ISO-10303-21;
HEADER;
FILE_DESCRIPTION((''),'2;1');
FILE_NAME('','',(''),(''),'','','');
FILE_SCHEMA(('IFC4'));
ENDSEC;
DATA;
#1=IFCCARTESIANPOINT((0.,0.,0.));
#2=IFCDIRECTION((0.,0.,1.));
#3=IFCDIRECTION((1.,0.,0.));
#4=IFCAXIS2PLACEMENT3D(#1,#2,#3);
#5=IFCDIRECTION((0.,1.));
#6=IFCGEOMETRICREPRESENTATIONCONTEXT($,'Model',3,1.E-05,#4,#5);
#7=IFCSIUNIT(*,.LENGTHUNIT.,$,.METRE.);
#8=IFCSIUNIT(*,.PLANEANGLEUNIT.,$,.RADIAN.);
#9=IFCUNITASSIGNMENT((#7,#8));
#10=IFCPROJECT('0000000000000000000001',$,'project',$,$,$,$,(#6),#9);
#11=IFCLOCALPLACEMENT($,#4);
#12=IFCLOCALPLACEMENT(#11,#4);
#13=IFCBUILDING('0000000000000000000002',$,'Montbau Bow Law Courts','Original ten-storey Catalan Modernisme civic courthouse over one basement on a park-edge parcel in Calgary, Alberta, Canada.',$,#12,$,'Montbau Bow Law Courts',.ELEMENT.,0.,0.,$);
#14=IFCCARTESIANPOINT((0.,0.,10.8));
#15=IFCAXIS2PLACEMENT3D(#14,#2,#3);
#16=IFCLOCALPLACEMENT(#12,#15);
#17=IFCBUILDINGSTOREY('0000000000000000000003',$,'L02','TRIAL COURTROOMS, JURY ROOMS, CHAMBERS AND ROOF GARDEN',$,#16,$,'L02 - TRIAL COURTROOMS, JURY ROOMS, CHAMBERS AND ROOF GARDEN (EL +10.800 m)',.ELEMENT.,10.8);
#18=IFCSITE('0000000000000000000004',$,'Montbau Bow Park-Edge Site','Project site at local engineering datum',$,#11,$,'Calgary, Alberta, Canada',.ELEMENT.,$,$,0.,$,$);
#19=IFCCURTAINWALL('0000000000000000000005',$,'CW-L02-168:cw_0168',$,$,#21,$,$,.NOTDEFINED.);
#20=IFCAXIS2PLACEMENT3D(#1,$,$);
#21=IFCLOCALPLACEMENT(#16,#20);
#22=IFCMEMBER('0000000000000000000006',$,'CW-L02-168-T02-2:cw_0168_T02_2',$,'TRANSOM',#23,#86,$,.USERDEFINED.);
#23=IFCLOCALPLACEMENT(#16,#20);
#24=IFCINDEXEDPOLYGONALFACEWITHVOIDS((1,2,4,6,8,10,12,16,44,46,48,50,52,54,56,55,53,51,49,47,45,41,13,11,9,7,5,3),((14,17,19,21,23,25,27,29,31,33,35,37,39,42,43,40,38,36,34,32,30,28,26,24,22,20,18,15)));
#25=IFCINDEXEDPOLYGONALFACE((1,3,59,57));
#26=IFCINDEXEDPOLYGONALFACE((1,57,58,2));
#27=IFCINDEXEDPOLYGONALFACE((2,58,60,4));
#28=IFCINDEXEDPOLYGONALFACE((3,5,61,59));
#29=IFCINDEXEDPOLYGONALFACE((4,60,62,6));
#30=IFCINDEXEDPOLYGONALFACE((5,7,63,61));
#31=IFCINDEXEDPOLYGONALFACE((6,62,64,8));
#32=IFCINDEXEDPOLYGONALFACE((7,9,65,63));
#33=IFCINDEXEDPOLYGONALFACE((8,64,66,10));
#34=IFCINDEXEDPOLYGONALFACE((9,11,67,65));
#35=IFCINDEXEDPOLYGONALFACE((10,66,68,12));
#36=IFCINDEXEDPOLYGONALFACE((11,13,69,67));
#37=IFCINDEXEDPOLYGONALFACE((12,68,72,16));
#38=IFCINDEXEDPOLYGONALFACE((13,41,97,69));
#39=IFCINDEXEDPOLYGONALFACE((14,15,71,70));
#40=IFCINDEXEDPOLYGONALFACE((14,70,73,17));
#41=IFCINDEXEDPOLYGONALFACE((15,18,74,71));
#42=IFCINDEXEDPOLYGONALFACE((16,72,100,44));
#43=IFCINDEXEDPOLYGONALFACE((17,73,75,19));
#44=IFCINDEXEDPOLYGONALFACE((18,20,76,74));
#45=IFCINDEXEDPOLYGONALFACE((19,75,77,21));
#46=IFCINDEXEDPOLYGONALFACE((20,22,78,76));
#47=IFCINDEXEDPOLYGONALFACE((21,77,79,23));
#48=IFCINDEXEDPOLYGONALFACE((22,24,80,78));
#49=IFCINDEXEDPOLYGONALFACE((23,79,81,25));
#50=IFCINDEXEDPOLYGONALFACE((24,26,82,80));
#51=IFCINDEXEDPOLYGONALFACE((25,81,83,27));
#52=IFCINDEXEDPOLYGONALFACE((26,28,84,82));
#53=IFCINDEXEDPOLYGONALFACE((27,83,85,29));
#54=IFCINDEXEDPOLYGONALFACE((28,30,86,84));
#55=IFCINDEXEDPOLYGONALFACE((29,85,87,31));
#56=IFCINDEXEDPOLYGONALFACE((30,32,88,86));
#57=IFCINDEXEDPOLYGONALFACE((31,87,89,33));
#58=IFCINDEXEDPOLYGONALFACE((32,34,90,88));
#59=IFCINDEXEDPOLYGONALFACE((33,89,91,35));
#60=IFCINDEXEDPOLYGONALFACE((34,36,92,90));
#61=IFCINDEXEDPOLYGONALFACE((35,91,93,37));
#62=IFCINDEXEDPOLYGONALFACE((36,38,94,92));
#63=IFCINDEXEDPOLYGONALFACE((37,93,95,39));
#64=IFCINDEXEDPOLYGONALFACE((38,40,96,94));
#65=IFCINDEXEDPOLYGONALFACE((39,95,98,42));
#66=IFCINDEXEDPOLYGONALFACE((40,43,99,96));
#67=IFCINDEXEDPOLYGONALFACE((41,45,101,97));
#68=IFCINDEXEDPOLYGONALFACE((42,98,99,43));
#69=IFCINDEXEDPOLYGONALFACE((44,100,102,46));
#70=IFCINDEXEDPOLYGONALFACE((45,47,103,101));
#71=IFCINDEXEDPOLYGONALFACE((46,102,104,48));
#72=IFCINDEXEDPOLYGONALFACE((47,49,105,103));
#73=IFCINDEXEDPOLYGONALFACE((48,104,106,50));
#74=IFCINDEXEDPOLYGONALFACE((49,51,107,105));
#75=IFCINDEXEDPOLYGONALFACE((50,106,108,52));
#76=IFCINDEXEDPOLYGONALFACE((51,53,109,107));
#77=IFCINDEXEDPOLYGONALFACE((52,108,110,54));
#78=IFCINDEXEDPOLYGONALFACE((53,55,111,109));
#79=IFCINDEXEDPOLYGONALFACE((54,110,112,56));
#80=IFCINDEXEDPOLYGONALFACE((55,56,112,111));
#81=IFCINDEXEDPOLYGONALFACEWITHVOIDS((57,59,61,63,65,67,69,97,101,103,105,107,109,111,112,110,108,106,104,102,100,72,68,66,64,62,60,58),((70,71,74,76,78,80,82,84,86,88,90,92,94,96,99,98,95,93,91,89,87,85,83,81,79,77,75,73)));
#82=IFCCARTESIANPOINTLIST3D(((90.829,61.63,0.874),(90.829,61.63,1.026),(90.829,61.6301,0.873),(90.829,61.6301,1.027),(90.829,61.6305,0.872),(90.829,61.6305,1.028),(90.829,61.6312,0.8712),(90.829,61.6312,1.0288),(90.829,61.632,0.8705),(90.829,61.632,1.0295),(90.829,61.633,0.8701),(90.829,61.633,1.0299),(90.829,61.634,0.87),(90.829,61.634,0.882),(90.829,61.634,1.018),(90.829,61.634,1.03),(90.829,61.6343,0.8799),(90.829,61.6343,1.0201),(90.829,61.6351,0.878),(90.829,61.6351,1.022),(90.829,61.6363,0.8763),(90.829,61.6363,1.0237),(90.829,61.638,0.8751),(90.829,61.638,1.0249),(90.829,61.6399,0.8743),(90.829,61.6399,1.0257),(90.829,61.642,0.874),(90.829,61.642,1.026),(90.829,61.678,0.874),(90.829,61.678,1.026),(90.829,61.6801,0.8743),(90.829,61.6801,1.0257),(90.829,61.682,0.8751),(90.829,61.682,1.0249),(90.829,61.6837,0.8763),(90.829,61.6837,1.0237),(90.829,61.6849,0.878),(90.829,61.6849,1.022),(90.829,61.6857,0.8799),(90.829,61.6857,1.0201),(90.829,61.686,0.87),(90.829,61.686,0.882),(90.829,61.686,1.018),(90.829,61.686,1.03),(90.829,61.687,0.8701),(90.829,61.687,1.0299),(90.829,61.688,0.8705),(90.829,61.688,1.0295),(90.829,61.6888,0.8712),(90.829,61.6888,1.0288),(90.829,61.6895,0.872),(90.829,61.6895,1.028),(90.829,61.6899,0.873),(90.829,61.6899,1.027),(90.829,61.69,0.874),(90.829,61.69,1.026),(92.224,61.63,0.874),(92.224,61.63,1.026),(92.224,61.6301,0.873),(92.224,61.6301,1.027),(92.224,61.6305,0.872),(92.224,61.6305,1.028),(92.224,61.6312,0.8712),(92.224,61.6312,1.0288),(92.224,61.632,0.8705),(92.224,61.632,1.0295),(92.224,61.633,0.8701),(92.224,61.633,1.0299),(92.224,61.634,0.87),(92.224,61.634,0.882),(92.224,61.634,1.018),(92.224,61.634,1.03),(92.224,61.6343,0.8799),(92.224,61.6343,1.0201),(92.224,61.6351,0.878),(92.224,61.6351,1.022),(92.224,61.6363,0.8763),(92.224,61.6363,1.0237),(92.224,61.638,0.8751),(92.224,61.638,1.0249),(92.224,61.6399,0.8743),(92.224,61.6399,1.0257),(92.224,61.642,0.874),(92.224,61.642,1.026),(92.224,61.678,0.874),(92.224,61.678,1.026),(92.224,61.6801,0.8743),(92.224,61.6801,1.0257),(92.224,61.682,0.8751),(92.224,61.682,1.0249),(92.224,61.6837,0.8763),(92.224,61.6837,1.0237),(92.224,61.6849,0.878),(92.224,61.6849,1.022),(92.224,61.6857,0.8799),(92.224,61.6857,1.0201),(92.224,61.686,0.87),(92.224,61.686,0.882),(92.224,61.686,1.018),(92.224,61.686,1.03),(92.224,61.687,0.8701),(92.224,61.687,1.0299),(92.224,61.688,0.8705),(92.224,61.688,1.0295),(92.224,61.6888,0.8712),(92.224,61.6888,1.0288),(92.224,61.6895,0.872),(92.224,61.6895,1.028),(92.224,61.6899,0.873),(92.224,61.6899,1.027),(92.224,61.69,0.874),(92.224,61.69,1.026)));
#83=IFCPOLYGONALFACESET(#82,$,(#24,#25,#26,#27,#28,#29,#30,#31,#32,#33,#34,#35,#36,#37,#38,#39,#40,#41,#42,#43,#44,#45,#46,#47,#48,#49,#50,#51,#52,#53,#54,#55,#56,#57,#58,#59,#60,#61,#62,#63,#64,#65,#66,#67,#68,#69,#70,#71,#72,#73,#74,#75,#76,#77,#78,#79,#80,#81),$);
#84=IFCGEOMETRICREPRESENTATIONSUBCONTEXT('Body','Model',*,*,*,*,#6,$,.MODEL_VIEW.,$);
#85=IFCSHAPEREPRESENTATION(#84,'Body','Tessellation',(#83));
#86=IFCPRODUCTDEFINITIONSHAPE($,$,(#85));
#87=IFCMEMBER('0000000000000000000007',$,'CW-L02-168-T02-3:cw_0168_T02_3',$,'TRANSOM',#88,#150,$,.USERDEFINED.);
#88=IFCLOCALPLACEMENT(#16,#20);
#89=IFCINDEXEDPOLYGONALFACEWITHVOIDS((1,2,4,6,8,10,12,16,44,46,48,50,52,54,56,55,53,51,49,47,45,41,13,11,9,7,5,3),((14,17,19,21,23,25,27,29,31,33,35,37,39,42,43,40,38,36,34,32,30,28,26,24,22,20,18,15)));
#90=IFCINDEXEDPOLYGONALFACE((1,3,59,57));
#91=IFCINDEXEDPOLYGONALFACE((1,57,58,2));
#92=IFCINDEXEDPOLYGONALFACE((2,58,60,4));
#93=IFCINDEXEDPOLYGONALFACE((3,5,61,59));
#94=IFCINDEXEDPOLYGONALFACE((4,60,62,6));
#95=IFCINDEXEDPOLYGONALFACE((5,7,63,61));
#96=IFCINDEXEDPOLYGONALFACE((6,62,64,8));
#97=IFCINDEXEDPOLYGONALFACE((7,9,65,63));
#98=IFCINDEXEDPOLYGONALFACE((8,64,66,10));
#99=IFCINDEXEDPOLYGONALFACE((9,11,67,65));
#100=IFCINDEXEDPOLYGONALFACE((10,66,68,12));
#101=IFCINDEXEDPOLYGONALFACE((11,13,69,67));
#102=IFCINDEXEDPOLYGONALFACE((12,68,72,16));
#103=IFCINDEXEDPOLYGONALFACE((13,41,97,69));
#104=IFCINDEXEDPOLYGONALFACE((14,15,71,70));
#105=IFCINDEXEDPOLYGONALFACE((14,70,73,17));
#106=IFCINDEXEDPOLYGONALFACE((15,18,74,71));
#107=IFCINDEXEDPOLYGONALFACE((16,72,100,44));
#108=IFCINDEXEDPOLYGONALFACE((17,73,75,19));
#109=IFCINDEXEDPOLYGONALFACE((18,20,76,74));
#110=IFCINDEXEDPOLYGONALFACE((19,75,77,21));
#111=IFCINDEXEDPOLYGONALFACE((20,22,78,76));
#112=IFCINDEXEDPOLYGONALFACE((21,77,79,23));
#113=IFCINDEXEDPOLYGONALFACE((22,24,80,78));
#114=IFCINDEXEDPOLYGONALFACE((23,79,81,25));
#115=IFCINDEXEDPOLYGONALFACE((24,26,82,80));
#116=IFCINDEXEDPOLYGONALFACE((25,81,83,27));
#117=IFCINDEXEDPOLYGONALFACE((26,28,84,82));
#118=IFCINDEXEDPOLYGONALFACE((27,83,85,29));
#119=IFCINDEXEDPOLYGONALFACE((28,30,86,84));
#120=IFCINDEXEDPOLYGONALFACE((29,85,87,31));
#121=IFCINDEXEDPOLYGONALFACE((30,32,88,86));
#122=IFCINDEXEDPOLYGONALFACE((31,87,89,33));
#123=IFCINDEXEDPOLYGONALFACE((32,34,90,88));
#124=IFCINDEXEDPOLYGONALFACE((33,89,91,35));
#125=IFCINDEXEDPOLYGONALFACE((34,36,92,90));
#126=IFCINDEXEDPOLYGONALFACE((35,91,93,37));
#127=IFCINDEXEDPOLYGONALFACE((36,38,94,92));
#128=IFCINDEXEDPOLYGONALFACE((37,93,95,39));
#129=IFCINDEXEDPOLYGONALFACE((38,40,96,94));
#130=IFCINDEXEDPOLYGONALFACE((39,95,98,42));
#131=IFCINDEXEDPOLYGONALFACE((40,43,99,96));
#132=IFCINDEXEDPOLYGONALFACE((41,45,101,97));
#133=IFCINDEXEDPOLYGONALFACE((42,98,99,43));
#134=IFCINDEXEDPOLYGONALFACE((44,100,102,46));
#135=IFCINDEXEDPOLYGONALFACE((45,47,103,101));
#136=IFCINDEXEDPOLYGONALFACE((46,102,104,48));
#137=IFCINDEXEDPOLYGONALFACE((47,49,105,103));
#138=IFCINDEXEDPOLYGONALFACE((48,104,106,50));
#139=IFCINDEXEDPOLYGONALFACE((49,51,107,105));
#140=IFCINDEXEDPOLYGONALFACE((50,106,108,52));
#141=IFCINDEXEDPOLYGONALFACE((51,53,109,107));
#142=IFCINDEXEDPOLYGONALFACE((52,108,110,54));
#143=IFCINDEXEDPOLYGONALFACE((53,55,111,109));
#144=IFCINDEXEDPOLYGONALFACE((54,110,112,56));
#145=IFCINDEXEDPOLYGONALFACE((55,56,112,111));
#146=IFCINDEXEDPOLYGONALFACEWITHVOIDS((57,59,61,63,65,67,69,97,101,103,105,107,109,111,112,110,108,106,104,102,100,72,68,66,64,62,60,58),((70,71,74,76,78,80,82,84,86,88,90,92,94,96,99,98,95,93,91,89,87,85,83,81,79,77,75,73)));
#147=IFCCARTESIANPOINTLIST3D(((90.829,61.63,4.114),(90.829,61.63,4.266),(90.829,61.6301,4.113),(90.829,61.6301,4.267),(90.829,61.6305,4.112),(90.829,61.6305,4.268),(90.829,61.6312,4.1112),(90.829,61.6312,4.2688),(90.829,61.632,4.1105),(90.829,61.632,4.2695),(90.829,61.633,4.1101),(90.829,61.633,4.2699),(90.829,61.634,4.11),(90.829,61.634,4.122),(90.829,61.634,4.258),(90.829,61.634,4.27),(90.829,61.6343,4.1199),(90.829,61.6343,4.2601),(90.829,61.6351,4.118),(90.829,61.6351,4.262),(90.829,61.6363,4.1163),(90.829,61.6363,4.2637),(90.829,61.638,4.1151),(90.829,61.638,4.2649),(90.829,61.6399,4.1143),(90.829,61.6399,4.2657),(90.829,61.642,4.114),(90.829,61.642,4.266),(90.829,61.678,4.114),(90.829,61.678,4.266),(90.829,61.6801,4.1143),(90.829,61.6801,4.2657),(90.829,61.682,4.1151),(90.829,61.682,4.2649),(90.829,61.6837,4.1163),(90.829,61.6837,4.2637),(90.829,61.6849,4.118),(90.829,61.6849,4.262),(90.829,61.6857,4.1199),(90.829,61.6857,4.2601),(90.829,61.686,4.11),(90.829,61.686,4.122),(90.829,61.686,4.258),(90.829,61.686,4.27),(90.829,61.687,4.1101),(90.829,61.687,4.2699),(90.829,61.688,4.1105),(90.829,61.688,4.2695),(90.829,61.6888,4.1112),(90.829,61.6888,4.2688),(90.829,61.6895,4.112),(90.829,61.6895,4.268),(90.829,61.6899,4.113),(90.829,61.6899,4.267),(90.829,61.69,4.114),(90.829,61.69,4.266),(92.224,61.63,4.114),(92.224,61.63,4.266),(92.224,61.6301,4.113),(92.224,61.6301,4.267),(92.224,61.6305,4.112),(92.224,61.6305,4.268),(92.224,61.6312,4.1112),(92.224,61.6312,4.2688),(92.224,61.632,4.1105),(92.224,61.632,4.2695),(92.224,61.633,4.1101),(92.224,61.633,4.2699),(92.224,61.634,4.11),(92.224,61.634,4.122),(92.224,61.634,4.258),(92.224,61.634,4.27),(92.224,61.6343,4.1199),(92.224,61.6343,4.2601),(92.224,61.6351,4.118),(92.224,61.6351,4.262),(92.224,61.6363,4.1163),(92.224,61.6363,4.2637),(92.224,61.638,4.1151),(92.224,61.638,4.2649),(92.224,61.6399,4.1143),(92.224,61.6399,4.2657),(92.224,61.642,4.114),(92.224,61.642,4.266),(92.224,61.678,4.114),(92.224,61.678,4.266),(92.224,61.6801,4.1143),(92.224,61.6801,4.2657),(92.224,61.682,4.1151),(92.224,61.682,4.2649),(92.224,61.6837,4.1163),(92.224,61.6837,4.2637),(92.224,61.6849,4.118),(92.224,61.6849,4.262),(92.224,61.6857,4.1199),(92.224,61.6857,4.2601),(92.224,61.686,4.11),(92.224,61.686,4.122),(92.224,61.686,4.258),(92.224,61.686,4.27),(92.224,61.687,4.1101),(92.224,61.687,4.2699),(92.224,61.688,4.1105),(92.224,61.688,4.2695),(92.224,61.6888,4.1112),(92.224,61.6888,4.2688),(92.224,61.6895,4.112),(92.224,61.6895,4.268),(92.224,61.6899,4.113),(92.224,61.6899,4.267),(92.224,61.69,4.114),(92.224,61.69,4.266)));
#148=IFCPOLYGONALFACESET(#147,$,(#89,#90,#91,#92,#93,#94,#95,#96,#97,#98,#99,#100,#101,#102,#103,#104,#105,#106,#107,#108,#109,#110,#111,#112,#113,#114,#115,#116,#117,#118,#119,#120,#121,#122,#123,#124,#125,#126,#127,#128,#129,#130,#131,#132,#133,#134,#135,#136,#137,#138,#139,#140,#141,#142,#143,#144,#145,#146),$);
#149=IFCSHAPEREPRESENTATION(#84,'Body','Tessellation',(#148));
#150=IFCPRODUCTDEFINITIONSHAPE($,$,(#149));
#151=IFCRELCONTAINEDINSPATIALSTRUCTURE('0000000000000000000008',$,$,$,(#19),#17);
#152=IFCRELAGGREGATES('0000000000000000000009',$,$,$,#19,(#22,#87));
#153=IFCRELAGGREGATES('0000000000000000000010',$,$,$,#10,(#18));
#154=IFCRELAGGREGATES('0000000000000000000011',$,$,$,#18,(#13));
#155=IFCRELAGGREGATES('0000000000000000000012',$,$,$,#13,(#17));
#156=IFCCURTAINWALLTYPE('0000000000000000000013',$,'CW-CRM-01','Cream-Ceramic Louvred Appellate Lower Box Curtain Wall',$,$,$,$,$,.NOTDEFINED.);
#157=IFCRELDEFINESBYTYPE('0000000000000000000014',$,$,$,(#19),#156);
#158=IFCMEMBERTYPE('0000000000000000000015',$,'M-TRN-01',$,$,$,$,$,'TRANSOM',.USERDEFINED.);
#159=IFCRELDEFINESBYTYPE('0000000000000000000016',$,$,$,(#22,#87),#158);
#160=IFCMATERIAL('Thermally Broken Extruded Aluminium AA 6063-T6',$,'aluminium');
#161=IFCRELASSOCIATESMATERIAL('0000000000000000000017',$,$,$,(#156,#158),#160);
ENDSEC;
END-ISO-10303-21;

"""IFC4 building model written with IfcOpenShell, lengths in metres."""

from ifc_helpers import new_model, si_unit, direction, frame, origin_with_axes, origin_2d_with_axis, place, context, subcontext, project, spatial, hollow_rectangle, extrude, material, material_profile, profile_set, type_object, element, aggregate, save


model = new_model("IFC4")

# Units and contexts
model_context = context("Model", 3, precision=1e-05, world=origin_with_axes(), true_north=direction((0.0, 1.0)))
body_context = subcontext(model_context, "Body", "Model", "MODEL_VIEW")
ifc_project = project(units=[si_unit("LENGTHUNIT", "METRE"), si_unit("PLANEANGLEUNIT", "RADIAN")], contexts=[model_context])

# Site, building, storey
site_placement = place(None, origin_with_axes())
site = spatial("IfcSite", under=ifc_project, at=site_placement, Name="Montbau Bow Park-Edge Site", Description="Project site at local engineering datum", LongName="Calgary, Alberta, Canada", CompositionType="ELEMENT", RefElevation=0.0)
building_placement = place(site_placement, origin_with_axes())
building = spatial("IfcBuilding", under=site, at=building_placement, Name="Montbau Bow Law Courts", Description="Original ten-storey Catalan Modernisme civic courthouse over one basement on a park-edge parcel in Calgary, Alberta, Canada.", LongName="Montbau Bow Law Courts", CompositionType="ELEMENT", ElevationOfRefHeight=0.0, ElevationOfTerrain=0.0)
storey_placement = place(building_placement, frame((0.0, 0.0, 10.8), z_axis=(0.0, 0.0, 1.0), x_axis=(1.0, 0.0, 0.0)))
storey = spatial("IfcBuildingStorey", under=building, at=storey_placement, Name="L02", Description="TRIAL COURTROOMS, JURY ROOMS, CHAMBERS AND ROOF GARDEN", LongName="L02 - TRIAL COURTROOMS, JURY ROOMS, CHAMBERS AND ROOF GARDEN (EL +10.800 m)", CompositionType="ELEMENT", Elevation=10.8)

# Curtain wall, members
ifc_material_1 = material(Name="Thermally Broken Extruded Aluminium AA 6063-T6", Category="aluminium")
curtain_wall_type = type_object("IfcCurtainWallType", Name="CW-CRM-01", Description="Cream-Ceramic Louvred Appellate Lower Box Curtain Wall", PredefinedType="NOTDEFINED", material=ifc_material_1)
curtain_wall_placement = place(None, frame((89.315, 61.66, 10.8), z_axis=(0.0, 0.0, 1.0), x_axis=(1.0, 0.0, 0.0)))
curtain_wall = element("IfcCurtainWall", 1, at=curtain_wall_placement, inside=storey, type_object=curtain_wall_type, Name="CW-L02-168:cw_0168", PredefinedType="NOTDEFINED")
ifc_material_profile_1 = material_profile(ifc_material_1, hollow_rectangle(XDim=0.06, YDim=0.16, WallThickness=0.004, InnerFilletRadius=0.008, OuterFilletRadius=0.004, at=origin_2d_with_axis()), Name="CWT-160X60", Category="Main", Priority=0)
ifc_profile_set_1 = profile_set([ifc_material_profile_1], Name="Thermally Broken Extruded Aluminium AA 6063-T6")
member_type_1 = type_object("IfcMemberType", Name="M-TRN-01", ElementType="TRANSOM", PredefinedType="USERDEFINED", material=ifc_profile_set_1)
member_1_placement = place(None, frame((90.829, 61.66, 11.75), z_axis=(1.0, 0.0, 0.0), x_axis=(0.0, 1.0, 0.0)))
member_1 = element("IfcMember", 2, at=member_1_placement, type_object=member_type_1, Name="CW-L02-168-T02-2:cw_0168_T02_2", ObjectType="TRANSOM", PredefinedType="USERDEFINED", context=body_context, shape_type="SweptSolid", body=[
    extrude(hollow_rectangle(XDim=0.06, YDim=0.16, WallThickness=0.004, InnerFilletRadius=0.008, OuterFilletRadius=0.004, at=origin_2d_with_axis()), origin_with_axes(), (0.0, 0.0, 1.0), 1.395),
])
member_2_placement = place(None, frame((90.829, 61.66, 14.99), z_axis=(1.0, 0.0, 0.0), x_axis=(0.0, 1.0, 0.0)))
member_2 = element("IfcMember", 3, at=member_2_placement, type_object=member_type_1, Name="CW-L02-168-T02-3:cw_0168_T02_3", ObjectType="TRANSOM", PredefinedType="USERDEFINED", context=body_context, shape_type="SweptSolid", body=[
    extrude(hollow_rectangle(XDim=0.06, YDim=0.16, WallThickness=0.004, InnerFilletRadius=0.008, OuterFilletRadius=0.004, at=origin_2d_with_axis()), origin_with_axes(), (0.0, 0.0, 1.0), 1.395),
])
aggregate(curtain_wall, [member_1, member_2])

save(model, "model.ifc")
